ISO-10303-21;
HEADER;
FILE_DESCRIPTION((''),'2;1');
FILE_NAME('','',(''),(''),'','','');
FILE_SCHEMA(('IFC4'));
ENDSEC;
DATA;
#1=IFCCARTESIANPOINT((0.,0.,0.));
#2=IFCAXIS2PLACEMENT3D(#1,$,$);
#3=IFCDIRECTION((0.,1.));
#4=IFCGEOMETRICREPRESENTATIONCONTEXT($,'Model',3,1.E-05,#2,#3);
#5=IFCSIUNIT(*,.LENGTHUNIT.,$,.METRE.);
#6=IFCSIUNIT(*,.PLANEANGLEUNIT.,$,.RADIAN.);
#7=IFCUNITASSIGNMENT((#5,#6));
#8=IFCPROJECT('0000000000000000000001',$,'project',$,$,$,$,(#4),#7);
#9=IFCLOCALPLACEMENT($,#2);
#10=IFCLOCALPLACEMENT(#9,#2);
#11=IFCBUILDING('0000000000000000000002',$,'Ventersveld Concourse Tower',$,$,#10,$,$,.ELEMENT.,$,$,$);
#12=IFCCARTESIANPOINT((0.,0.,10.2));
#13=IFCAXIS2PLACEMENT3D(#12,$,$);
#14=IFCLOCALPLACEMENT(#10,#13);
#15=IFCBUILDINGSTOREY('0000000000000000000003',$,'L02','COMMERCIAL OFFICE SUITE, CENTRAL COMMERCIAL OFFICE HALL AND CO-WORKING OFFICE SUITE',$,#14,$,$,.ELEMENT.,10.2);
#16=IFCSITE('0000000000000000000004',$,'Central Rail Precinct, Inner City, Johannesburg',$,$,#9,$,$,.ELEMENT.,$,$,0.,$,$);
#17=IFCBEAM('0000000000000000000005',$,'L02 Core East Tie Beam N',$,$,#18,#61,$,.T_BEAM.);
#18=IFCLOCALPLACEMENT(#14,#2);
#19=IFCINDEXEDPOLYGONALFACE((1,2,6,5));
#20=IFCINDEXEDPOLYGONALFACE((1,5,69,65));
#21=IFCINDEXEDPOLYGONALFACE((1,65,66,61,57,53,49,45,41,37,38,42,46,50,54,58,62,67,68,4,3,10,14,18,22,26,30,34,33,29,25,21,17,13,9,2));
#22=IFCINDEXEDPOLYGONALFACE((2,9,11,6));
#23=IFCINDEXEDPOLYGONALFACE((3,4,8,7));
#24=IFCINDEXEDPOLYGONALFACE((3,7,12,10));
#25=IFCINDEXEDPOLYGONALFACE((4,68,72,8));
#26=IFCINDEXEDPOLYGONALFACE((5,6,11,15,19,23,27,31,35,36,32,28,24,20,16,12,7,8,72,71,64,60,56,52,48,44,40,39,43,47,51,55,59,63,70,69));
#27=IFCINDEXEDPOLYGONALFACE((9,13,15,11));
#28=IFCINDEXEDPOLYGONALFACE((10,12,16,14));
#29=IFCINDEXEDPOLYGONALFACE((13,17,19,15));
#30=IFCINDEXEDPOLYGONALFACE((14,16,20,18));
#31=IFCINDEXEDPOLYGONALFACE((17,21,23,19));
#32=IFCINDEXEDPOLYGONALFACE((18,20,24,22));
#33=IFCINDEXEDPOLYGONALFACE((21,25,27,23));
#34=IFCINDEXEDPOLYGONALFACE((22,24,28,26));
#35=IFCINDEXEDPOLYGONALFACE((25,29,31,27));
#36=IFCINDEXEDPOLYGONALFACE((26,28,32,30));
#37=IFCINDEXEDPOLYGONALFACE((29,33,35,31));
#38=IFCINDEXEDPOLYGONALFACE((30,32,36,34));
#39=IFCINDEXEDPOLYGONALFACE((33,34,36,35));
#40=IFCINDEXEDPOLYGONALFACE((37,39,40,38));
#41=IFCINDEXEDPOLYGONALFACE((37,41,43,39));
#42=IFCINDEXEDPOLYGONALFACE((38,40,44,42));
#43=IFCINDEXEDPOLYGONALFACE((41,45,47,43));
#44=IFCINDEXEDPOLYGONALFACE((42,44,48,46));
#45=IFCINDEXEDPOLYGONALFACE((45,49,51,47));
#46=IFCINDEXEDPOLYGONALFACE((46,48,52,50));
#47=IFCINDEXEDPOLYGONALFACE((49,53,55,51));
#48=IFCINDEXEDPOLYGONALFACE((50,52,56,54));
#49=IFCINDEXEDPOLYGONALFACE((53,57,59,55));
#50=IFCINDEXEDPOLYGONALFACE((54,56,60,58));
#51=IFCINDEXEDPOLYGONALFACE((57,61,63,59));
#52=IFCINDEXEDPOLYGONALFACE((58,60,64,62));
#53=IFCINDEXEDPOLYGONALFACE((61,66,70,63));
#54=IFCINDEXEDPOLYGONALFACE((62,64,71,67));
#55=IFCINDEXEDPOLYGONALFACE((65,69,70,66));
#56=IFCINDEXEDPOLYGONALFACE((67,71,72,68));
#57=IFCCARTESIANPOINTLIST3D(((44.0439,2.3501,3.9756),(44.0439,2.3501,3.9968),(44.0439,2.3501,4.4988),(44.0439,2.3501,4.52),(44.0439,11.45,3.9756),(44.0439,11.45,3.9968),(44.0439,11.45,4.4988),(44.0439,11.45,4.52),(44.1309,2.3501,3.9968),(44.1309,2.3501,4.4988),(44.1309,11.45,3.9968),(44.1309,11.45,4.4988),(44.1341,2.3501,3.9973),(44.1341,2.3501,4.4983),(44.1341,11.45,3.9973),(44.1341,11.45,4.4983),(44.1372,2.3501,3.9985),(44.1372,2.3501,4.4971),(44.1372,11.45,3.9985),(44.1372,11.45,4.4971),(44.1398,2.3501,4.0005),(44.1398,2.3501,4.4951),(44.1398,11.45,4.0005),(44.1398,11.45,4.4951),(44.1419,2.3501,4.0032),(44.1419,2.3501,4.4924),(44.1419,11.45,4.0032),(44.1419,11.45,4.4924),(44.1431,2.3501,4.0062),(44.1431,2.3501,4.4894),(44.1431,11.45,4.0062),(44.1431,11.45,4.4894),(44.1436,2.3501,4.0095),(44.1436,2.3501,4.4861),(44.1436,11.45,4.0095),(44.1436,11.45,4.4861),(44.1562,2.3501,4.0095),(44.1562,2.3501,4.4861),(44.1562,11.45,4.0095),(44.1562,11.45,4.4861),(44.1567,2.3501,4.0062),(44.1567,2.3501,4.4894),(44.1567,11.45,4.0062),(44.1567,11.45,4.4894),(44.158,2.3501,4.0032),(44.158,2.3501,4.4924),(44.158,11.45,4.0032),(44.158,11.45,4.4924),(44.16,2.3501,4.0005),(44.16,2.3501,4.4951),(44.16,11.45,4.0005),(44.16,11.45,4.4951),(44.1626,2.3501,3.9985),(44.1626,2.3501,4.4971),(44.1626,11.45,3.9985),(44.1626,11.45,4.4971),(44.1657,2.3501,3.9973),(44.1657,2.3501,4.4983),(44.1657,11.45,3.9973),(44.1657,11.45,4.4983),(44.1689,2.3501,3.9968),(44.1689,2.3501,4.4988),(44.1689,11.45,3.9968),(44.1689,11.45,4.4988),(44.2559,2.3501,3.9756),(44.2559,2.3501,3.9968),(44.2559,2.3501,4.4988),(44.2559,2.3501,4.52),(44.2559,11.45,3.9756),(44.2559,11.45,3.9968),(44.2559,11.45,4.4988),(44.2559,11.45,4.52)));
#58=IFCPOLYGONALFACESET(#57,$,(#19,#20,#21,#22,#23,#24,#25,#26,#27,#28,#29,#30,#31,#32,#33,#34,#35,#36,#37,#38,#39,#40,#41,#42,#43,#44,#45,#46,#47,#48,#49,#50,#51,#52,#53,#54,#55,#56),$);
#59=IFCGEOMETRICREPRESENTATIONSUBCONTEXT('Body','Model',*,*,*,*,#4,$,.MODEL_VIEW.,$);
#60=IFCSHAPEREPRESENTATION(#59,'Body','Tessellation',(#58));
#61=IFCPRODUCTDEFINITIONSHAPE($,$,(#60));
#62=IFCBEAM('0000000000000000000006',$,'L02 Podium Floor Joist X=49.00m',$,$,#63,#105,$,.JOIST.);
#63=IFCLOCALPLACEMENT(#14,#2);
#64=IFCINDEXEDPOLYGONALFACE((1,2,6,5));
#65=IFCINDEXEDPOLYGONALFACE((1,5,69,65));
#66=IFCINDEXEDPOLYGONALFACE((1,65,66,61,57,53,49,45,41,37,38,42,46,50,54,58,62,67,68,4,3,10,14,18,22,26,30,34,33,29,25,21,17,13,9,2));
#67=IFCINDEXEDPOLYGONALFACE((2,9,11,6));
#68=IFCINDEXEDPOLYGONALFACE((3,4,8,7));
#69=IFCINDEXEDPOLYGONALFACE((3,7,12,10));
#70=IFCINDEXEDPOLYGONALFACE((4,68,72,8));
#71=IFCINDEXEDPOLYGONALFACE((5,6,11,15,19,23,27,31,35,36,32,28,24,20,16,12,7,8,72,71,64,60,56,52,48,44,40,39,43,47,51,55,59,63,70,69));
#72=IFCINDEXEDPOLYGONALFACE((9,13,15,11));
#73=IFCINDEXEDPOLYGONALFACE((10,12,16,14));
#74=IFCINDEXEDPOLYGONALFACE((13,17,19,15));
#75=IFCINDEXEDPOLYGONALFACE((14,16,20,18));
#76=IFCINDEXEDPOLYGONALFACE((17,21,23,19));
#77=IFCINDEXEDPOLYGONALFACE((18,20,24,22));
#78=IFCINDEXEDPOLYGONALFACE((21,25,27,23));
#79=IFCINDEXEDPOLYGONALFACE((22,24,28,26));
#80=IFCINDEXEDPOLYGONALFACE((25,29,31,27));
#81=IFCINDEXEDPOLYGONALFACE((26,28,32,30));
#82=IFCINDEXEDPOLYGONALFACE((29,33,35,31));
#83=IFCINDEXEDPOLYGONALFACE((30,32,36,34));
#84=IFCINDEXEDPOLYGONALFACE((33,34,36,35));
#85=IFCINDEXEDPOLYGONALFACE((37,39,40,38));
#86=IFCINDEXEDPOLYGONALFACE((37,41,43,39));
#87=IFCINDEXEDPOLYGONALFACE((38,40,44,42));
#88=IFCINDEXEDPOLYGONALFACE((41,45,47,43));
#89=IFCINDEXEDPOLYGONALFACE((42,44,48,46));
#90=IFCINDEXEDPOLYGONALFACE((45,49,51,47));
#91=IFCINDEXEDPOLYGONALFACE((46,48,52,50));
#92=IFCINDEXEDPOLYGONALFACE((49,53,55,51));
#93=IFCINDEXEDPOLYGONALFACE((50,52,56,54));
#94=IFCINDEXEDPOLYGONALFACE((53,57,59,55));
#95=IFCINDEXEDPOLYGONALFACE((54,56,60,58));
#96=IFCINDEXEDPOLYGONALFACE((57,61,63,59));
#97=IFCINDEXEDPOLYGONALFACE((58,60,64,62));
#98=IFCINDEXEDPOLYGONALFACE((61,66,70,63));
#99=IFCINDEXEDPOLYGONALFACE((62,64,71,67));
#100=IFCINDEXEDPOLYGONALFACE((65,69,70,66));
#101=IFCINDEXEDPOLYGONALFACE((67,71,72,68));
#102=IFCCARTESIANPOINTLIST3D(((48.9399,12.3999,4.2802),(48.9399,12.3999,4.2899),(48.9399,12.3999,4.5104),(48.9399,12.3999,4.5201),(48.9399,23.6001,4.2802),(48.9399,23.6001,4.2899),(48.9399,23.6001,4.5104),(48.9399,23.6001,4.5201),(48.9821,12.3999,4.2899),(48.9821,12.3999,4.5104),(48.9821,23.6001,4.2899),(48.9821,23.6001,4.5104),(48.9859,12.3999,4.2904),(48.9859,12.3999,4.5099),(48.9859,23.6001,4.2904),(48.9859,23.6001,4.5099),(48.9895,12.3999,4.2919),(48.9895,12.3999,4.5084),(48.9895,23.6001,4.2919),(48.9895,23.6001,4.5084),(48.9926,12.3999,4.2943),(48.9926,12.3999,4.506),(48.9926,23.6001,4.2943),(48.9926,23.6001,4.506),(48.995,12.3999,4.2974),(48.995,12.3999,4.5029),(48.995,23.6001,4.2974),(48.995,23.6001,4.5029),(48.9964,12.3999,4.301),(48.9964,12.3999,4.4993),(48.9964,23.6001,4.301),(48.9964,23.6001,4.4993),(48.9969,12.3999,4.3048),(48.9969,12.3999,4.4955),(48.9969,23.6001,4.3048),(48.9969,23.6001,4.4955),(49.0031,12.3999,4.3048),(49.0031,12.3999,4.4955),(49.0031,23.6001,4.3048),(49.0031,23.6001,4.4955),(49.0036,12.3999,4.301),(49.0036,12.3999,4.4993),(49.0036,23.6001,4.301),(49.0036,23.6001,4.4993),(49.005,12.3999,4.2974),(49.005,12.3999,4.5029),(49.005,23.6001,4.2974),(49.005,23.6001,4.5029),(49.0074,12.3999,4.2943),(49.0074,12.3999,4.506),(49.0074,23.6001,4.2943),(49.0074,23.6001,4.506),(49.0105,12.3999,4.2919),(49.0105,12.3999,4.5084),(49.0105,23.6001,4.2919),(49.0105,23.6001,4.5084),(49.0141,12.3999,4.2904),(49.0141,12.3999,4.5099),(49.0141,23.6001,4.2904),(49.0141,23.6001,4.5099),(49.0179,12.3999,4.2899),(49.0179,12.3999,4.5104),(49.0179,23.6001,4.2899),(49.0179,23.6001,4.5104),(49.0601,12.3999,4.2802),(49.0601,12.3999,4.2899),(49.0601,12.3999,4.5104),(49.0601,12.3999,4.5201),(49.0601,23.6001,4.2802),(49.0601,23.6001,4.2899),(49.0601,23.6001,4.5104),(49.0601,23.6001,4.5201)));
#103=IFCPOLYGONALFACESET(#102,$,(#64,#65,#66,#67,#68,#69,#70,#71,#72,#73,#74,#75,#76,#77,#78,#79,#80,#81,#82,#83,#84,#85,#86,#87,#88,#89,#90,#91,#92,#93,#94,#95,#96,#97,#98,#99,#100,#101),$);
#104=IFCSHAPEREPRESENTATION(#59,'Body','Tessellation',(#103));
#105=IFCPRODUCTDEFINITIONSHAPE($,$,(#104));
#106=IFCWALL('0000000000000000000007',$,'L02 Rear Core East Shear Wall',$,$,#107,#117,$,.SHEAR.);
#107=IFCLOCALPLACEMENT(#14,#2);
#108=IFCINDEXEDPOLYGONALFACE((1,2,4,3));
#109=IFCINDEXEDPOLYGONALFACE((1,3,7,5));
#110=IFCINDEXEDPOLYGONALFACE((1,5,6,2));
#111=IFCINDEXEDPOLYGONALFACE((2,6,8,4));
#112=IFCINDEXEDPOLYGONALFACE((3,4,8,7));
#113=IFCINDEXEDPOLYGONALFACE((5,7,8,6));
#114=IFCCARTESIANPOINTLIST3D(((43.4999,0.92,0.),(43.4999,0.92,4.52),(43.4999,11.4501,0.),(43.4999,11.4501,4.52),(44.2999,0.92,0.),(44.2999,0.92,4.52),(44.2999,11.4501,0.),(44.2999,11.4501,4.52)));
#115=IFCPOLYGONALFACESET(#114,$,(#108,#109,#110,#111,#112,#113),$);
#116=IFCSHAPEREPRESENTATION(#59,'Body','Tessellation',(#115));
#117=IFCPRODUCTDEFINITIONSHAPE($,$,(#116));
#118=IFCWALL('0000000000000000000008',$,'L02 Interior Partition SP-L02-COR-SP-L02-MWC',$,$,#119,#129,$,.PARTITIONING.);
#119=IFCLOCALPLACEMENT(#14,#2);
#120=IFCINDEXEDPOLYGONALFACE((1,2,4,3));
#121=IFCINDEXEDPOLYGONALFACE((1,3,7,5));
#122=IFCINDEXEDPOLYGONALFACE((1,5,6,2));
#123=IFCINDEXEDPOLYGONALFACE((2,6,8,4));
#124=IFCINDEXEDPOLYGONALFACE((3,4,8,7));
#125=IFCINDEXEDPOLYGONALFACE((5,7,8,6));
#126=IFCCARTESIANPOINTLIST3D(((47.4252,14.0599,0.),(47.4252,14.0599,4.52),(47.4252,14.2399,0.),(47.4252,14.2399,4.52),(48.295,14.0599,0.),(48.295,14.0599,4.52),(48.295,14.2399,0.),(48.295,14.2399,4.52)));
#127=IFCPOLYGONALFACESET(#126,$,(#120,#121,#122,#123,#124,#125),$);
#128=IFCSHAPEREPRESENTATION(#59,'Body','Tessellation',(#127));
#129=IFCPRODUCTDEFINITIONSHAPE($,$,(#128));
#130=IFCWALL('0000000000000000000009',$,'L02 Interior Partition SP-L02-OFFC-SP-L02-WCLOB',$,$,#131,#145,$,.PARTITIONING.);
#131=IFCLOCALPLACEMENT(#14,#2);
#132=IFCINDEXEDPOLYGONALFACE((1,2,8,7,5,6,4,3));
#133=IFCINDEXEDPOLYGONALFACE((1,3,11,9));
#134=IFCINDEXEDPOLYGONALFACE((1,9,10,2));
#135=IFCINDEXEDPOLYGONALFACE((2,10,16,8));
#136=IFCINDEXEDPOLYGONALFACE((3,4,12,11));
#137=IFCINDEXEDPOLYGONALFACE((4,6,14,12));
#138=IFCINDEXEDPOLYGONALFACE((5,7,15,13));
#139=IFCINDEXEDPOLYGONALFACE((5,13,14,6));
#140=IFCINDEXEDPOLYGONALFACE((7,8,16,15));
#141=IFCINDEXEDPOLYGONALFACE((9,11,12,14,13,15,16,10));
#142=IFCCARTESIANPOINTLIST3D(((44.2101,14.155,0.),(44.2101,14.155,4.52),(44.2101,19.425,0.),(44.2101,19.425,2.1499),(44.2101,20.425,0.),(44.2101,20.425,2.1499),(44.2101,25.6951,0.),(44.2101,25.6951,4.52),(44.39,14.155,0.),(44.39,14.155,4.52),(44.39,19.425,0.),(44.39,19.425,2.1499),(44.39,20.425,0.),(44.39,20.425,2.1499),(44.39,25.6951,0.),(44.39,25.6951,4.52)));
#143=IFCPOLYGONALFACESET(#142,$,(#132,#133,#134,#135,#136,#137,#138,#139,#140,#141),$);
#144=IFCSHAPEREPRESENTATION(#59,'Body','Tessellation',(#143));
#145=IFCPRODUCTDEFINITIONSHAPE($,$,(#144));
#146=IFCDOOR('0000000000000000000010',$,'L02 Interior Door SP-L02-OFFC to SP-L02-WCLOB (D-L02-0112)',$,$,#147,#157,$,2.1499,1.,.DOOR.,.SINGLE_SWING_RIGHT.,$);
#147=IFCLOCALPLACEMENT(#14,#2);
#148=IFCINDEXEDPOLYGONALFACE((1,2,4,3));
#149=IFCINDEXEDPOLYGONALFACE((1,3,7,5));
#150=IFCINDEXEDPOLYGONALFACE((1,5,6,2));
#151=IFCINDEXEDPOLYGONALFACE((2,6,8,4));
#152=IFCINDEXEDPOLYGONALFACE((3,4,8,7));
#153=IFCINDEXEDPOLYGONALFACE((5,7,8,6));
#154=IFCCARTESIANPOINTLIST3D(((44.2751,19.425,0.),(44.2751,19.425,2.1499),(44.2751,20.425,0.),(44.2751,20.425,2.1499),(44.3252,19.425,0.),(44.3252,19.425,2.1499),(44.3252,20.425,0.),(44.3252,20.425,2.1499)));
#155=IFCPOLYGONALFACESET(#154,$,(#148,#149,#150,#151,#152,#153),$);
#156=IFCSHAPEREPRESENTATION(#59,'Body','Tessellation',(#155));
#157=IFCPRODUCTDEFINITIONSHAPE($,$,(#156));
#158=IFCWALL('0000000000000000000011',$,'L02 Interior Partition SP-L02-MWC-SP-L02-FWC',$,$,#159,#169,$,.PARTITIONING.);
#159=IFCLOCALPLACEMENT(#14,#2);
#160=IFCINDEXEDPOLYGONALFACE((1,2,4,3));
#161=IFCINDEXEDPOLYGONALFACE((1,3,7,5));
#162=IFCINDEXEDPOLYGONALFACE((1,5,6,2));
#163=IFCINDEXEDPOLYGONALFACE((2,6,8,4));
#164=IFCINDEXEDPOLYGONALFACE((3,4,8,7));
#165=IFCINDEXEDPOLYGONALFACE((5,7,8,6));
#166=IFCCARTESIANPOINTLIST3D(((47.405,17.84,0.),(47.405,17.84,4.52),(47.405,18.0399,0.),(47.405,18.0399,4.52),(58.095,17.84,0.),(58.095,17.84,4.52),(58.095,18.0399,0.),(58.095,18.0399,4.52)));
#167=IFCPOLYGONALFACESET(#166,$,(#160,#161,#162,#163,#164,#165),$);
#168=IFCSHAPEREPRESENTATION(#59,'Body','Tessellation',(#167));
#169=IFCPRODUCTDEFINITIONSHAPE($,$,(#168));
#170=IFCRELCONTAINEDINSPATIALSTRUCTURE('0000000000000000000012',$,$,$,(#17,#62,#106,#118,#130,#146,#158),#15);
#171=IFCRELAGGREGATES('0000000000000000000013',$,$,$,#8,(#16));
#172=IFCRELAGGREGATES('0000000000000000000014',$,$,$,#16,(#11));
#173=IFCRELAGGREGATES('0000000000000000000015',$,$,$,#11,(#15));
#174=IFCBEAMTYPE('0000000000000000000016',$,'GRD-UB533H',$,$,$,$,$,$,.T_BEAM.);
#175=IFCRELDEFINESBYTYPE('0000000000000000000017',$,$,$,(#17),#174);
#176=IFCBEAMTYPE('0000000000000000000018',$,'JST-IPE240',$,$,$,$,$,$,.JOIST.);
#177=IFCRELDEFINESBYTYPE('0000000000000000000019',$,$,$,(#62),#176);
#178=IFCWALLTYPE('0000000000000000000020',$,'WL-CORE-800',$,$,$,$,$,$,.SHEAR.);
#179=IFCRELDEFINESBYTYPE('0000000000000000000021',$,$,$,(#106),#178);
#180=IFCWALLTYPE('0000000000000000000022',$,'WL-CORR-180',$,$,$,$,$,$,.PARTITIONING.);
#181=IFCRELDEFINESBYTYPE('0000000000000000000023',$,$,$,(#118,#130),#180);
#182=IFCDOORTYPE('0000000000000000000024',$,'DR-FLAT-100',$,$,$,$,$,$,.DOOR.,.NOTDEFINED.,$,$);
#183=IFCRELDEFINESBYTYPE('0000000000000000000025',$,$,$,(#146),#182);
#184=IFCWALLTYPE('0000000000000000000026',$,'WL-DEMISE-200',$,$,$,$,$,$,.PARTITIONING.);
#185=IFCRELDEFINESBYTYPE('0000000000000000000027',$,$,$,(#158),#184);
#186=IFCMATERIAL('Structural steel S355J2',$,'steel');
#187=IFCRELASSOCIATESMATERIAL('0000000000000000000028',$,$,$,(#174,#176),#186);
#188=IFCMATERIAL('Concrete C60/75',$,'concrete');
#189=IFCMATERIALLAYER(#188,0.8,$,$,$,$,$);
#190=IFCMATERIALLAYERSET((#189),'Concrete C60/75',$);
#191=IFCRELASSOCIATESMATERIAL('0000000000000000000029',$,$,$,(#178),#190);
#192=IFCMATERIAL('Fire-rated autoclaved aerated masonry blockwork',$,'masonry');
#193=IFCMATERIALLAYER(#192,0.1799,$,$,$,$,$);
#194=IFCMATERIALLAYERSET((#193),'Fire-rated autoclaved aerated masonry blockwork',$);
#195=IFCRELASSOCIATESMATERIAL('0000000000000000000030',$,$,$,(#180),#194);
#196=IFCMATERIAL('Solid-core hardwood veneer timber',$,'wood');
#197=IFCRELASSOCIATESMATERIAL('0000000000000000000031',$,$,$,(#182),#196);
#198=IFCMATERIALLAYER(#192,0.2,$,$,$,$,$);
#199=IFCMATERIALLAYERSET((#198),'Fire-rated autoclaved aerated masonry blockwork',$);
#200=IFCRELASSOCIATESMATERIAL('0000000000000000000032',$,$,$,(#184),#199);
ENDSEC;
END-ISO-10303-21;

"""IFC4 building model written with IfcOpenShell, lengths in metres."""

from ifc_helpers import new_model, si_unit, direction, frame, frame_2d, origin, origin_2d, place, context, subcontext, project, spatial, rectangle, i_section, extrude, material, layer, layer_set, material_profile, profile_set, type_object, element, fill, save


model = new_model("IFC4")

# Units and contexts
model_context = context("Model", 3, precision=1e-05, world=origin(), true_north=direction((0.0, 1.0)))
body_context = subcontext(model_context, "Body", "Model", "MODEL_VIEW")
ifc_project = project(units=[si_unit("LENGTHUNIT", "METRE"), si_unit("PLANEANGLEUNIT", "RADIAN")], contexts=[model_context])

# Site, building, storey
site_placement = place(None, origin())
site = spatial("IfcSite", under=ifc_project, at=site_placement, Name="Central Rail Precinct, Inner City, Johannesburg", CompositionType="ELEMENT", RefElevation=0.0)
building_placement = place(site_placement, origin())
building = spatial("IfcBuilding", under=site, at=building_placement, Name="Ventersveld Concourse Tower", CompositionType="ELEMENT")
storey_placement = place(building_placement, frame((0.0, 0.0, 10.2)))
storey = spatial("IfcBuildingStorey", under=building, at=storey_placement, Name="L02", Description="COMMERCIAL OFFICE SUITE, CENTRAL COMMERCIAL OFFICE HALL AND CO-WORKING OFFICE SUITE", CompositionType="ELEMENT", Elevation=10.2)

# Shared definitions
ifc_material_1 = material(Name="Concrete C60/75", Category="concrete")

# Beams
ifc_material_2 = material(Name="Structural steel S355J2", Category="steel")
ifc_material_profile_1 = material_profile(ifc_material_2, i_section(OverallWidth=0.2119, OverallDepth=0.5444, WebThickness=0.0127, FlangeThickness=0.0212, FilletRadius=0.0127, at=origin_2d()), Name="UB 533x210x122")
ifc_profile_set_1 = profile_set([ifc_material_profile_1], Name="Structural steel S355J2")
beam_type_1 = type_object("IfcBeamType", Name="GRD-UB533H", PredefinedType="T_BEAM", material=ifc_profile_set_1)
beam_1_placement = place(storey_placement, frame((44.1499, 2.3501, 4.2478), z_axis=(0.0, 1.0, 0.0), x_axis=(-1.0, 0.0, 0.0)))
element("IfcBeam", 1, at=beam_1_placement, inside=storey, type_object=beam_type_1, Name="L02 Core East Tie Beam N", PredefinedType="T_BEAM", context=body_context, shape_type="SweptSolid", body=[
    extrude(i_section(OverallWidth=0.2119, OverallDepth=0.5444, WebThickness=0.0127, FlangeThickness=0.0212, FilletRadius=0.0127, at=origin_2d()), origin(), (0.0, 0.0, 1.0), 9.0999),
])
ifc_material_profile_2 = material_profile(ifc_material_2, i_section(OverallWidth=0.1201, OverallDepth=0.24, WebThickness=0.0061, FlangeThickness=0.0098, FilletRadius=0.0149, at=origin_2d()), Name="IPE 240")
ifc_profile_set_2 = profile_set([ifc_material_profile_2], Name="Structural steel S355J2")
beam_type_2 = type_object("IfcBeamType", Name="JST-IPE240", PredefinedType="JOIST", material=ifc_profile_set_2)
beam_2_placement = place(storey_placement, frame((49.0, 12.3999, 4.4001), z_axis=(0.0, 1.0, 0.0), x_axis=(-1.0, 0.0, 0.0)))
element("IfcBeam", 2, at=beam_2_placement, inside=storey, type_object=beam_type_2, Name="L02 Podium Floor Joist X=49.00m", PredefinedType="JOIST", context=body_context, shape_type="SweptSolid", body=[
    extrude(i_section(OverallWidth=0.1201, OverallDepth=0.24, WebThickness=0.0061, FlangeThickness=0.0098, FilletRadius=0.0149, at=origin_2d()), origin(), (0.0, 0.0, 1.0), 11.2002),
])

# Wall
ifc_layer_1 = layer(ifc_material_1, 0.8)
ifc_layer_set_1 = layer_set([ifc_layer_1], Name="Concrete C60/75")
wall_type_1 = type_object("IfcWallType", Name="WL-CORE-800", PredefinedType="SHEAR", material=ifc_layer_set_1)
wall_1_placement = place(storey_placement, frame((43.8999, 0.9199, 0.0), z_axis=(0.0, 0.0, 1.0), x_axis=(0.0, 1.0, 0.0)))
element("IfcWall", 3, at=wall_1_placement, inside=storey, type_object=wall_type_1, Name="L02 Rear Core East Shear Wall", PredefinedType="SHEAR", context=body_context, shape_type="SweptSolid", body=[
    extrude(rectangle(XDim=10.53, YDim=0.8, at=frame_2d((5.2651, 0.0))), origin(), (0.0, 0.0, 1.0), 4.52),
])

# Shared definitions
ifc_material_3 = material(Name="Fire-rated autoclaved aerated masonry blockwork", Category="masonry")
ifc_layer_2 = layer(ifc_material_3, 0.1799)
ifc_layer_set_2 = layer_set([ifc_layer_2], Name="Fire-rated autoclaved aerated masonry blockwork")
wall_type_2 = type_object("IfcWallType", Name="WL-CORR-180", PredefinedType="PARTITIONING", material=ifc_layer_set_2)
ifc_material_4 = material(Name="Solid-core hardwood veneer timber", Category="wood")
door_type_1 = type_object("IfcDoorType", Name="DR-FLAT-100", OperationType="NOTDEFINED", PredefinedType="DOOR", material=ifc_material_4)

# Wall
wall_2_placement = place(storey_placement, frame((47.425, 14.1499, 0.0), z_axis=(0.0, 0.0, 1.0), x_axis=(1.0, 0.0, 0.0)))
element("IfcWall", 4, at=wall_2_placement, inside=storey, type_object=wall_type_2, Name="L02 Interior Partition SP-L02-COR-SP-L02-MWC", PredefinedType="PARTITIONING", context=body_context, shape_type="SweptSolid", body=[
    extrude(rectangle(XDim=0.8699, YDim=0.1799, at=frame_2d((0.4351, 0.0))), origin(), (0.0, 0.0, 1.0), 4.52),
])

# Wall, opening, door
wall_3_placement = place(storey_placement, frame((44.3, 14.155, 0.0), z_axis=(0.0, 0.0, 1.0), x_axis=(0.0, 1.0, 0.0)))
wall_3 = element("IfcWall", 5, at=wall_3_placement, inside=storey, type_object=wall_type_2, Name="L02 Interior Partition SP-L02-OFFC-SP-L02-WCLOB", PredefinedType="PARTITIONING", context=body_context, shape_type="SweptSolid", body=[
    extrude(rectangle(XDim=11.54, YDim=0.1799, at=frame_2d((5.77, 0.0))), origin(), (0.0, 0.0, 1.0), 4.52),
])
opening_1_placement = place(wall_3_placement, frame((5.27, 0.0, 0.0)))
opening_1 = element("IfcOpeningElement", 6, at=opening_1_placement, cuts=wall_3, PredefinedType="OPENING", context=body_context, shape_type="SweptSolid", body=[
    extrude(rectangle(XDim=1.0, YDim=2.1499, at=frame_2d((0.5, 1.075))), frame((0.0, 0.1001, 0.0), z_axis=(0.0, -1.0, 0.0), x_axis=(1.0, 0.0, 0.0)), (0.0, 0.0, 1.0), 0.2),
])
door_1_placement = place(opening_1_placement, origin())
door_1 = element("IfcDoor", 7, at=door_1_placement, inside=storey, type_object=door_type_1, Name="L02 Interior Door SP-L02-OFFC to SP-L02-WCLOB (D-L02-0112)", OperationType="SINGLE_SWING_RIGHT", OverallHeight=2.1499, OverallWidth=1.0, PredefinedType="DOOR", context=body_context, shape_type="SweptSolid", body=[
    extrude(rectangle(XDim=1.0, YDim=2.1499, at=frame_2d((0.5, 1.075))), frame((0.0, 0.0249, 0.0), z_axis=(0.0, -1.0, 0.0), x_axis=(1.0, 0.0, 0.0)), (0.0, 0.0, 1.0), 0.05),
])
fill(opening_1, door_1)

# Wall
ifc_layer_3 = layer(ifc_material_3, 0.2)
ifc_layer_set_3 = layer_set([ifc_layer_3], Name="Fire-rated autoclaved aerated masonry blockwork")
wall_type_3 = type_object("IfcWallType", Name="WL-DEMISE-200", PredefinedType="PARTITIONING", material=ifc_layer_set_3)
wall_4_placement = place(storey_placement, frame((47.405, 17.9399, 0.0), z_axis=(0.0, 0.0, 1.0), x_axis=(1.0, 0.0, 0.0)))
element("IfcWall", 8, at=wall_4_placement, inside=storey, type_object=wall_type_3, Name="L02 Interior Partition SP-L02-MWC-SP-L02-FWC", PredefinedType="PARTITIONING", context=body_context, shape_type="SweptSolid", body=[
    extrude(rectangle(XDim=10.6899, YDim=0.2, at=frame_2d((5.345, 0.0))), origin(), (0.0, 0.0, 1.0), 4.52),
])

save(model, "model.ifc")
